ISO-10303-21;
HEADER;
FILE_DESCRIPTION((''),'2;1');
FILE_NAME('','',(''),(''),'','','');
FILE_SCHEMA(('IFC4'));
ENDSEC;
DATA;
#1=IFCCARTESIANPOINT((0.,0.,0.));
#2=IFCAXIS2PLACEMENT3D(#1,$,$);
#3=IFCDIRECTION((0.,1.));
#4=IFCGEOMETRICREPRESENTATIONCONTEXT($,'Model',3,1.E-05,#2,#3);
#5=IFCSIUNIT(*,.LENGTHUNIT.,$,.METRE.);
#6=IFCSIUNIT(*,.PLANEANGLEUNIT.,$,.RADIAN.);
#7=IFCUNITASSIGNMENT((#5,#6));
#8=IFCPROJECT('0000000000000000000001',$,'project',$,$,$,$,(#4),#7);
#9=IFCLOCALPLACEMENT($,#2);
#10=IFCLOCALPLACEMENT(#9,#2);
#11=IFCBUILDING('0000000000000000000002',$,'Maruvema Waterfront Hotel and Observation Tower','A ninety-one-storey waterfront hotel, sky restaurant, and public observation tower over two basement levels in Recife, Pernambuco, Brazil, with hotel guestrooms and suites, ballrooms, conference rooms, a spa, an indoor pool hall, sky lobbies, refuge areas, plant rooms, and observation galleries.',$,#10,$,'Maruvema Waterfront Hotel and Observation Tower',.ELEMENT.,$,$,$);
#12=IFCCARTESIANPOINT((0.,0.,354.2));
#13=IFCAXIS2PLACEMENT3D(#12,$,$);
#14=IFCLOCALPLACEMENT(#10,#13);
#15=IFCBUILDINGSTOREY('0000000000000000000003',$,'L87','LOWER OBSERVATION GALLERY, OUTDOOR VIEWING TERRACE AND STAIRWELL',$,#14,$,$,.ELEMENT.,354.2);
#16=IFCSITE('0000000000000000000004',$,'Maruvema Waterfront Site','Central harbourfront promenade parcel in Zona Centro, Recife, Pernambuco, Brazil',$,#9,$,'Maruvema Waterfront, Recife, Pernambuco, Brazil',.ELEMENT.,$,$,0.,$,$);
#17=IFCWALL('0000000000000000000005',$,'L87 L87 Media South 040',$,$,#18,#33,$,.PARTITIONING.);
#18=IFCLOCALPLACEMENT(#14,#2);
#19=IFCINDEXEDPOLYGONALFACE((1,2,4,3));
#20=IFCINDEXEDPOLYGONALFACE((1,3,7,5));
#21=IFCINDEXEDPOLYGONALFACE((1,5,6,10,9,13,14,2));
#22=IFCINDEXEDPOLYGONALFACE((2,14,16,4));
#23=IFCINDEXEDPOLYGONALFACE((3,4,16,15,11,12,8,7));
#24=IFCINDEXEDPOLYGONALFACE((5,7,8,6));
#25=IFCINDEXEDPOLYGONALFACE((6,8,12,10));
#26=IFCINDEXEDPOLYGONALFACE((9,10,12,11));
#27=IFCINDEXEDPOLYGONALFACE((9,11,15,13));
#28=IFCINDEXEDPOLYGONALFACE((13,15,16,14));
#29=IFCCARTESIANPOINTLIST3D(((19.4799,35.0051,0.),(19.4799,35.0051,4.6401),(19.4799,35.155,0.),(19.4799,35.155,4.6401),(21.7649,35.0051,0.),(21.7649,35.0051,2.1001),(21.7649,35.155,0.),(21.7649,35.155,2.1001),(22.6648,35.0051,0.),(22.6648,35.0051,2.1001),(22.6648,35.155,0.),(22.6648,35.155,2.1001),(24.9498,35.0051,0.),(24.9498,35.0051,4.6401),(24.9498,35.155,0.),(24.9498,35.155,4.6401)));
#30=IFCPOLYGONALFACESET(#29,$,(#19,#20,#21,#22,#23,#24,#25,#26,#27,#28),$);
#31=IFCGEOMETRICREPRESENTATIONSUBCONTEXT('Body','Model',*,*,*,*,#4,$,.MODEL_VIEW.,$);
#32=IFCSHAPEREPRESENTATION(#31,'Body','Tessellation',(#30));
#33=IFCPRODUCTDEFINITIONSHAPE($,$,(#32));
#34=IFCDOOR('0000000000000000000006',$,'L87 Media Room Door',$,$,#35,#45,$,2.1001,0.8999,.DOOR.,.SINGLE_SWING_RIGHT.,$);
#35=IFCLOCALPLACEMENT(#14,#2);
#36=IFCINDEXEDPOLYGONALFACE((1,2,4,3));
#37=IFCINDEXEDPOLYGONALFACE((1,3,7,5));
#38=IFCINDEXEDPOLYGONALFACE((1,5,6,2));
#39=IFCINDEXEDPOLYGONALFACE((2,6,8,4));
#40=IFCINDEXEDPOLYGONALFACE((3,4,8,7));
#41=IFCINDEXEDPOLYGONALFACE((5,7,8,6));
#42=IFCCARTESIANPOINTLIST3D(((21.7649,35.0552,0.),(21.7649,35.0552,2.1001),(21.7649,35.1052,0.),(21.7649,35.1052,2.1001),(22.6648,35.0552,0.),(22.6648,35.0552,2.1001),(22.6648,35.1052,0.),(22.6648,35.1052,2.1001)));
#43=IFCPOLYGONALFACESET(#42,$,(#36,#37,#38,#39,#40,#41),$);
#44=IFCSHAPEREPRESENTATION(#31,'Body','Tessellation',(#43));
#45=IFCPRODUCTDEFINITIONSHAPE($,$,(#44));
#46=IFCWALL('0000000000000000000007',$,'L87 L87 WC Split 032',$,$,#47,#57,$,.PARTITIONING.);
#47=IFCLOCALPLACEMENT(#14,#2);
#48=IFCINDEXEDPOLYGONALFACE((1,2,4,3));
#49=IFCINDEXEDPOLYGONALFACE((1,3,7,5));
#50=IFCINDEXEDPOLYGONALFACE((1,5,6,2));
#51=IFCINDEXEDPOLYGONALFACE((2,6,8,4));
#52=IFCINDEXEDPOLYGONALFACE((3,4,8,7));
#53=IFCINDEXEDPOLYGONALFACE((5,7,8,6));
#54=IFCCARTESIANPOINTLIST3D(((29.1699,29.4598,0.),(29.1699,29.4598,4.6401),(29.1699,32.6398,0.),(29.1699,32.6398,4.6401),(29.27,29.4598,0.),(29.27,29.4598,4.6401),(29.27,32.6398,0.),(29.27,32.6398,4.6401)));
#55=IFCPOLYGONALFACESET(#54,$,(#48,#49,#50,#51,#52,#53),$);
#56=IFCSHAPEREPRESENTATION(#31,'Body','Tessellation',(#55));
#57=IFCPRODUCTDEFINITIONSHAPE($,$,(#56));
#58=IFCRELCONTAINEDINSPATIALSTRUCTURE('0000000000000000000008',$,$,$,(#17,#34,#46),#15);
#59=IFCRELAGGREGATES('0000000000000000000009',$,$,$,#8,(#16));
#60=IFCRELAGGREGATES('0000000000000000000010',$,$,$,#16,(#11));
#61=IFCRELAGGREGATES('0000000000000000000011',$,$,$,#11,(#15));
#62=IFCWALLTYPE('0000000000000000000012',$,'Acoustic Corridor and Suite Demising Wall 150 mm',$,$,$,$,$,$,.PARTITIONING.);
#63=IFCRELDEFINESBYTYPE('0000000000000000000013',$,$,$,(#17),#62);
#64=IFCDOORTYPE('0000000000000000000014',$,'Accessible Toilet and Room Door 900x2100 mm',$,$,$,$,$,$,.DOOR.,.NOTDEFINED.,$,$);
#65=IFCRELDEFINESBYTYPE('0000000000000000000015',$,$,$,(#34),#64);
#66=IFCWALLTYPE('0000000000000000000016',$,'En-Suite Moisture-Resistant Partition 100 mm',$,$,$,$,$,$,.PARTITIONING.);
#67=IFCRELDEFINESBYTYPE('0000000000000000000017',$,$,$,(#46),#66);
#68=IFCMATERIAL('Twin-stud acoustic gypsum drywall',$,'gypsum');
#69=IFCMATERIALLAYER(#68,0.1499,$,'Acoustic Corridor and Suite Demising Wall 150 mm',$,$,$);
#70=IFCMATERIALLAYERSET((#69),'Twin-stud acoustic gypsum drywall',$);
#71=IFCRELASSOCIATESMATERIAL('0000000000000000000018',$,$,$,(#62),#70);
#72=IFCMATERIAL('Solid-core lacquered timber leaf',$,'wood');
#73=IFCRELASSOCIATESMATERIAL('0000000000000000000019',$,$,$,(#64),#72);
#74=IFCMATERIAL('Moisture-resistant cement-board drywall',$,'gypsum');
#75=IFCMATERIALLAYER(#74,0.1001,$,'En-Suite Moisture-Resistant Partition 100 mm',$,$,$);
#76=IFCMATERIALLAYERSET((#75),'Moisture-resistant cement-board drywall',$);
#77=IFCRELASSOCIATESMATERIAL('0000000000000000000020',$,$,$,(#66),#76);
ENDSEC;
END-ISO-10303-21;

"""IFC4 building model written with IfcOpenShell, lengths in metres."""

from ifc_helpers import new_model, si_unit, direction, frame, frame_2d, origin, place, context, subcontext, project, spatial, rectangle, extrude, material, layer, layer_set, type_object, element, fill, save


model = new_model("IFC4")

# Units and contexts
model_context = context("Model", 3, precision=1e-05, world=origin(), true_north=direction((0.0, 1.0)))
body_context = subcontext(model_context, "Body", "Model", "MODEL_VIEW")
ifc_project = project(units=[si_unit("LENGTHUNIT", "METRE"), si_unit("PLANEANGLEUNIT", "RADIAN")], contexts=[model_context])

# Site, building, storey
site_placement = place(None, origin())
site = spatial("IfcSite", under=ifc_project, at=site_placement, Name="Maruvema Waterfront Site", Description="Central harbourfront promenade parcel in Zona Centro, Recife, Pernambuco, Brazil", LongName="Maruvema Waterfront, Recife, Pernambuco, Brazil", CompositionType="ELEMENT", RefElevation=0.0)
building_placement = place(site_placement, origin())
building = spatial("IfcBuilding", under=site, at=building_placement, Name="Maruvema Waterfront Hotel and Observation Tower", Description="A ninety-one-storey waterfront hotel, sky restaurant, and public observation tower over two basement levels in Recife, Pernambuco, Brazil, with hotel guestrooms and suites, ballrooms, conference rooms, a spa, an indoor pool hall, sky lobbies, refuge areas, plant rooms, and observation galleries.", LongName="Maruvema Waterfront Hotel and Observation Tower", CompositionType="ELEMENT")
storey_placement = place(building_placement, frame((0.0, 0.0, 354.2)))
storey = spatial("IfcBuildingStorey", under=building, at=storey_placement, Name="L87", Description="LOWER OBSERVATION GALLERY, OUTDOOR VIEWING TERRACE AND STAIRWELL", CompositionType="ELEMENT", Elevation=354.2)

# Shared definitions
ifc_material_1 = material(Name="Twin-stud acoustic gypsum drywall", Category="gypsum")
ifc_layer_1 = layer(ifc_material_1, 0.1499, Name="Acoustic Corridor and Suite Demising Wall 150 mm")
ifc_layer_set_1 = layer_set([ifc_layer_1], Name="Twin-stud acoustic gypsum drywall")
wall_type_1 = type_object("IfcWallType", Name="Acoustic Corridor and Suite Demising Wall 150 mm", PredefinedType="PARTITIONING", material=ifc_layer_set_1)
ifc_material_2 = material(Name="Solid-core lacquered timber leaf", Category="wood")
door_type_1 = type_object("IfcDoorType", Name="Accessible Toilet and Room Door 900x2100 mm", OperationType="NOTDEFINED", PredefinedType="DOOR", material=ifc_material_2)

# Wall, opening, door
wall_1_placement = place(storey_placement, frame((19.48, 35.0801, 0.0), z_axis=(0.0, 0.0, 1.0), x_axis=(1.0, 0.0, 0.0)))
wall_1 = element("IfcWall", 1, at=wall_1_placement, inside=storey, type_object=wall_type_1, Name="L87 L87 Media South 040", PredefinedType="PARTITIONING", context=body_context, shape_type="SweptSolid", body=[
    extrude(rectangle(XDim=5.47, YDim=0.1499, at=frame_2d((2.7349, 0.0))), origin(), (0.0, 0.0, 1.0), 4.6401),
])
opening_1_placement = place(wall_1_placement, frame((2.2849, 0.0, 0.0)))
opening_1 = element("IfcOpeningElement", 2, at=opening_1_placement, cuts=wall_1, PredefinedType="OPENING", context=body_context, shape_type="SweptSolid", body=[
    extrude(rectangle(XDim=0.8999, YDim=2.1001, at=frame_2d((0.45, 1.05))), frame((0.0, 0.085, 0.0), z_axis=(0.0, -1.0, 0.0), x_axis=(1.0, 0.0, 0.0)), (0.0, 0.0, 1.0), 0.1699),
])
door_1_placement = place(opening_1_placement, frame((0.8999, 0.0, 0.0), z_axis=(0.0, 0.0, 1.0), x_axis=(-1.0, 0.0, 0.0)))
door_1 = element("IfcDoor", 3, at=door_1_placement, inside=storey, type_object=door_type_1, Name="L87 Media Room Door", OperationType="SINGLE_SWING_RIGHT", OverallHeight=2.1001, OverallWidth=0.8999, PredefinedType="DOOR", context=body_context, shape_type="SweptSolid", body=[
    extrude(rectangle(XDim=0.8999, YDim=2.1001, at=frame_2d((0.45, 1.05))), frame((0.0, 0.0249, 0.0), z_axis=(0.0, -1.0, 0.0), x_axis=(1.0, 0.0, 0.0)), (0.0, 0.0, 1.0), 0.05),
])
fill(opening_1, door_1)

# Wall
ifc_material_3 = material(Name="Moisture-resistant cement-board drywall", Category="gypsum")
ifc_layer_2 = layer(ifc_material_3, 0.1001, Name="En-Suite Moisture-Resistant Partition 100 mm")
ifc_layer_set_2 = layer_set([ifc_layer_2], Name="Moisture-resistant cement-board drywall")
wall_type_2 = type_object("IfcWallType", Name="En-Suite Moisture-Resistant Partition 100 mm", PredefinedType="PARTITIONING", material=ifc_layer_set_2)
wall_2_placement = place(storey_placement, frame((29.22, 29.46, 0.0), z_axis=(0.0, 0.0, 1.0), x_axis=(0.0, 1.0, 0.0)))
element("IfcWall", 4, at=wall_2_placement, inside=storey, type_object=wall_type_2, Name="L87 L87 WC Split 032", PredefinedType="PARTITIONING", context=body_context, shape_type="SweptSolid", body=[
    extrude(rectangle(XDim=3.1799, YDim=0.1001, at=frame_2d((1.5898, 0.0))), origin(), (0.0, 0.0, 1.0), 4.6401),
])

save(model, "model.ifc")
